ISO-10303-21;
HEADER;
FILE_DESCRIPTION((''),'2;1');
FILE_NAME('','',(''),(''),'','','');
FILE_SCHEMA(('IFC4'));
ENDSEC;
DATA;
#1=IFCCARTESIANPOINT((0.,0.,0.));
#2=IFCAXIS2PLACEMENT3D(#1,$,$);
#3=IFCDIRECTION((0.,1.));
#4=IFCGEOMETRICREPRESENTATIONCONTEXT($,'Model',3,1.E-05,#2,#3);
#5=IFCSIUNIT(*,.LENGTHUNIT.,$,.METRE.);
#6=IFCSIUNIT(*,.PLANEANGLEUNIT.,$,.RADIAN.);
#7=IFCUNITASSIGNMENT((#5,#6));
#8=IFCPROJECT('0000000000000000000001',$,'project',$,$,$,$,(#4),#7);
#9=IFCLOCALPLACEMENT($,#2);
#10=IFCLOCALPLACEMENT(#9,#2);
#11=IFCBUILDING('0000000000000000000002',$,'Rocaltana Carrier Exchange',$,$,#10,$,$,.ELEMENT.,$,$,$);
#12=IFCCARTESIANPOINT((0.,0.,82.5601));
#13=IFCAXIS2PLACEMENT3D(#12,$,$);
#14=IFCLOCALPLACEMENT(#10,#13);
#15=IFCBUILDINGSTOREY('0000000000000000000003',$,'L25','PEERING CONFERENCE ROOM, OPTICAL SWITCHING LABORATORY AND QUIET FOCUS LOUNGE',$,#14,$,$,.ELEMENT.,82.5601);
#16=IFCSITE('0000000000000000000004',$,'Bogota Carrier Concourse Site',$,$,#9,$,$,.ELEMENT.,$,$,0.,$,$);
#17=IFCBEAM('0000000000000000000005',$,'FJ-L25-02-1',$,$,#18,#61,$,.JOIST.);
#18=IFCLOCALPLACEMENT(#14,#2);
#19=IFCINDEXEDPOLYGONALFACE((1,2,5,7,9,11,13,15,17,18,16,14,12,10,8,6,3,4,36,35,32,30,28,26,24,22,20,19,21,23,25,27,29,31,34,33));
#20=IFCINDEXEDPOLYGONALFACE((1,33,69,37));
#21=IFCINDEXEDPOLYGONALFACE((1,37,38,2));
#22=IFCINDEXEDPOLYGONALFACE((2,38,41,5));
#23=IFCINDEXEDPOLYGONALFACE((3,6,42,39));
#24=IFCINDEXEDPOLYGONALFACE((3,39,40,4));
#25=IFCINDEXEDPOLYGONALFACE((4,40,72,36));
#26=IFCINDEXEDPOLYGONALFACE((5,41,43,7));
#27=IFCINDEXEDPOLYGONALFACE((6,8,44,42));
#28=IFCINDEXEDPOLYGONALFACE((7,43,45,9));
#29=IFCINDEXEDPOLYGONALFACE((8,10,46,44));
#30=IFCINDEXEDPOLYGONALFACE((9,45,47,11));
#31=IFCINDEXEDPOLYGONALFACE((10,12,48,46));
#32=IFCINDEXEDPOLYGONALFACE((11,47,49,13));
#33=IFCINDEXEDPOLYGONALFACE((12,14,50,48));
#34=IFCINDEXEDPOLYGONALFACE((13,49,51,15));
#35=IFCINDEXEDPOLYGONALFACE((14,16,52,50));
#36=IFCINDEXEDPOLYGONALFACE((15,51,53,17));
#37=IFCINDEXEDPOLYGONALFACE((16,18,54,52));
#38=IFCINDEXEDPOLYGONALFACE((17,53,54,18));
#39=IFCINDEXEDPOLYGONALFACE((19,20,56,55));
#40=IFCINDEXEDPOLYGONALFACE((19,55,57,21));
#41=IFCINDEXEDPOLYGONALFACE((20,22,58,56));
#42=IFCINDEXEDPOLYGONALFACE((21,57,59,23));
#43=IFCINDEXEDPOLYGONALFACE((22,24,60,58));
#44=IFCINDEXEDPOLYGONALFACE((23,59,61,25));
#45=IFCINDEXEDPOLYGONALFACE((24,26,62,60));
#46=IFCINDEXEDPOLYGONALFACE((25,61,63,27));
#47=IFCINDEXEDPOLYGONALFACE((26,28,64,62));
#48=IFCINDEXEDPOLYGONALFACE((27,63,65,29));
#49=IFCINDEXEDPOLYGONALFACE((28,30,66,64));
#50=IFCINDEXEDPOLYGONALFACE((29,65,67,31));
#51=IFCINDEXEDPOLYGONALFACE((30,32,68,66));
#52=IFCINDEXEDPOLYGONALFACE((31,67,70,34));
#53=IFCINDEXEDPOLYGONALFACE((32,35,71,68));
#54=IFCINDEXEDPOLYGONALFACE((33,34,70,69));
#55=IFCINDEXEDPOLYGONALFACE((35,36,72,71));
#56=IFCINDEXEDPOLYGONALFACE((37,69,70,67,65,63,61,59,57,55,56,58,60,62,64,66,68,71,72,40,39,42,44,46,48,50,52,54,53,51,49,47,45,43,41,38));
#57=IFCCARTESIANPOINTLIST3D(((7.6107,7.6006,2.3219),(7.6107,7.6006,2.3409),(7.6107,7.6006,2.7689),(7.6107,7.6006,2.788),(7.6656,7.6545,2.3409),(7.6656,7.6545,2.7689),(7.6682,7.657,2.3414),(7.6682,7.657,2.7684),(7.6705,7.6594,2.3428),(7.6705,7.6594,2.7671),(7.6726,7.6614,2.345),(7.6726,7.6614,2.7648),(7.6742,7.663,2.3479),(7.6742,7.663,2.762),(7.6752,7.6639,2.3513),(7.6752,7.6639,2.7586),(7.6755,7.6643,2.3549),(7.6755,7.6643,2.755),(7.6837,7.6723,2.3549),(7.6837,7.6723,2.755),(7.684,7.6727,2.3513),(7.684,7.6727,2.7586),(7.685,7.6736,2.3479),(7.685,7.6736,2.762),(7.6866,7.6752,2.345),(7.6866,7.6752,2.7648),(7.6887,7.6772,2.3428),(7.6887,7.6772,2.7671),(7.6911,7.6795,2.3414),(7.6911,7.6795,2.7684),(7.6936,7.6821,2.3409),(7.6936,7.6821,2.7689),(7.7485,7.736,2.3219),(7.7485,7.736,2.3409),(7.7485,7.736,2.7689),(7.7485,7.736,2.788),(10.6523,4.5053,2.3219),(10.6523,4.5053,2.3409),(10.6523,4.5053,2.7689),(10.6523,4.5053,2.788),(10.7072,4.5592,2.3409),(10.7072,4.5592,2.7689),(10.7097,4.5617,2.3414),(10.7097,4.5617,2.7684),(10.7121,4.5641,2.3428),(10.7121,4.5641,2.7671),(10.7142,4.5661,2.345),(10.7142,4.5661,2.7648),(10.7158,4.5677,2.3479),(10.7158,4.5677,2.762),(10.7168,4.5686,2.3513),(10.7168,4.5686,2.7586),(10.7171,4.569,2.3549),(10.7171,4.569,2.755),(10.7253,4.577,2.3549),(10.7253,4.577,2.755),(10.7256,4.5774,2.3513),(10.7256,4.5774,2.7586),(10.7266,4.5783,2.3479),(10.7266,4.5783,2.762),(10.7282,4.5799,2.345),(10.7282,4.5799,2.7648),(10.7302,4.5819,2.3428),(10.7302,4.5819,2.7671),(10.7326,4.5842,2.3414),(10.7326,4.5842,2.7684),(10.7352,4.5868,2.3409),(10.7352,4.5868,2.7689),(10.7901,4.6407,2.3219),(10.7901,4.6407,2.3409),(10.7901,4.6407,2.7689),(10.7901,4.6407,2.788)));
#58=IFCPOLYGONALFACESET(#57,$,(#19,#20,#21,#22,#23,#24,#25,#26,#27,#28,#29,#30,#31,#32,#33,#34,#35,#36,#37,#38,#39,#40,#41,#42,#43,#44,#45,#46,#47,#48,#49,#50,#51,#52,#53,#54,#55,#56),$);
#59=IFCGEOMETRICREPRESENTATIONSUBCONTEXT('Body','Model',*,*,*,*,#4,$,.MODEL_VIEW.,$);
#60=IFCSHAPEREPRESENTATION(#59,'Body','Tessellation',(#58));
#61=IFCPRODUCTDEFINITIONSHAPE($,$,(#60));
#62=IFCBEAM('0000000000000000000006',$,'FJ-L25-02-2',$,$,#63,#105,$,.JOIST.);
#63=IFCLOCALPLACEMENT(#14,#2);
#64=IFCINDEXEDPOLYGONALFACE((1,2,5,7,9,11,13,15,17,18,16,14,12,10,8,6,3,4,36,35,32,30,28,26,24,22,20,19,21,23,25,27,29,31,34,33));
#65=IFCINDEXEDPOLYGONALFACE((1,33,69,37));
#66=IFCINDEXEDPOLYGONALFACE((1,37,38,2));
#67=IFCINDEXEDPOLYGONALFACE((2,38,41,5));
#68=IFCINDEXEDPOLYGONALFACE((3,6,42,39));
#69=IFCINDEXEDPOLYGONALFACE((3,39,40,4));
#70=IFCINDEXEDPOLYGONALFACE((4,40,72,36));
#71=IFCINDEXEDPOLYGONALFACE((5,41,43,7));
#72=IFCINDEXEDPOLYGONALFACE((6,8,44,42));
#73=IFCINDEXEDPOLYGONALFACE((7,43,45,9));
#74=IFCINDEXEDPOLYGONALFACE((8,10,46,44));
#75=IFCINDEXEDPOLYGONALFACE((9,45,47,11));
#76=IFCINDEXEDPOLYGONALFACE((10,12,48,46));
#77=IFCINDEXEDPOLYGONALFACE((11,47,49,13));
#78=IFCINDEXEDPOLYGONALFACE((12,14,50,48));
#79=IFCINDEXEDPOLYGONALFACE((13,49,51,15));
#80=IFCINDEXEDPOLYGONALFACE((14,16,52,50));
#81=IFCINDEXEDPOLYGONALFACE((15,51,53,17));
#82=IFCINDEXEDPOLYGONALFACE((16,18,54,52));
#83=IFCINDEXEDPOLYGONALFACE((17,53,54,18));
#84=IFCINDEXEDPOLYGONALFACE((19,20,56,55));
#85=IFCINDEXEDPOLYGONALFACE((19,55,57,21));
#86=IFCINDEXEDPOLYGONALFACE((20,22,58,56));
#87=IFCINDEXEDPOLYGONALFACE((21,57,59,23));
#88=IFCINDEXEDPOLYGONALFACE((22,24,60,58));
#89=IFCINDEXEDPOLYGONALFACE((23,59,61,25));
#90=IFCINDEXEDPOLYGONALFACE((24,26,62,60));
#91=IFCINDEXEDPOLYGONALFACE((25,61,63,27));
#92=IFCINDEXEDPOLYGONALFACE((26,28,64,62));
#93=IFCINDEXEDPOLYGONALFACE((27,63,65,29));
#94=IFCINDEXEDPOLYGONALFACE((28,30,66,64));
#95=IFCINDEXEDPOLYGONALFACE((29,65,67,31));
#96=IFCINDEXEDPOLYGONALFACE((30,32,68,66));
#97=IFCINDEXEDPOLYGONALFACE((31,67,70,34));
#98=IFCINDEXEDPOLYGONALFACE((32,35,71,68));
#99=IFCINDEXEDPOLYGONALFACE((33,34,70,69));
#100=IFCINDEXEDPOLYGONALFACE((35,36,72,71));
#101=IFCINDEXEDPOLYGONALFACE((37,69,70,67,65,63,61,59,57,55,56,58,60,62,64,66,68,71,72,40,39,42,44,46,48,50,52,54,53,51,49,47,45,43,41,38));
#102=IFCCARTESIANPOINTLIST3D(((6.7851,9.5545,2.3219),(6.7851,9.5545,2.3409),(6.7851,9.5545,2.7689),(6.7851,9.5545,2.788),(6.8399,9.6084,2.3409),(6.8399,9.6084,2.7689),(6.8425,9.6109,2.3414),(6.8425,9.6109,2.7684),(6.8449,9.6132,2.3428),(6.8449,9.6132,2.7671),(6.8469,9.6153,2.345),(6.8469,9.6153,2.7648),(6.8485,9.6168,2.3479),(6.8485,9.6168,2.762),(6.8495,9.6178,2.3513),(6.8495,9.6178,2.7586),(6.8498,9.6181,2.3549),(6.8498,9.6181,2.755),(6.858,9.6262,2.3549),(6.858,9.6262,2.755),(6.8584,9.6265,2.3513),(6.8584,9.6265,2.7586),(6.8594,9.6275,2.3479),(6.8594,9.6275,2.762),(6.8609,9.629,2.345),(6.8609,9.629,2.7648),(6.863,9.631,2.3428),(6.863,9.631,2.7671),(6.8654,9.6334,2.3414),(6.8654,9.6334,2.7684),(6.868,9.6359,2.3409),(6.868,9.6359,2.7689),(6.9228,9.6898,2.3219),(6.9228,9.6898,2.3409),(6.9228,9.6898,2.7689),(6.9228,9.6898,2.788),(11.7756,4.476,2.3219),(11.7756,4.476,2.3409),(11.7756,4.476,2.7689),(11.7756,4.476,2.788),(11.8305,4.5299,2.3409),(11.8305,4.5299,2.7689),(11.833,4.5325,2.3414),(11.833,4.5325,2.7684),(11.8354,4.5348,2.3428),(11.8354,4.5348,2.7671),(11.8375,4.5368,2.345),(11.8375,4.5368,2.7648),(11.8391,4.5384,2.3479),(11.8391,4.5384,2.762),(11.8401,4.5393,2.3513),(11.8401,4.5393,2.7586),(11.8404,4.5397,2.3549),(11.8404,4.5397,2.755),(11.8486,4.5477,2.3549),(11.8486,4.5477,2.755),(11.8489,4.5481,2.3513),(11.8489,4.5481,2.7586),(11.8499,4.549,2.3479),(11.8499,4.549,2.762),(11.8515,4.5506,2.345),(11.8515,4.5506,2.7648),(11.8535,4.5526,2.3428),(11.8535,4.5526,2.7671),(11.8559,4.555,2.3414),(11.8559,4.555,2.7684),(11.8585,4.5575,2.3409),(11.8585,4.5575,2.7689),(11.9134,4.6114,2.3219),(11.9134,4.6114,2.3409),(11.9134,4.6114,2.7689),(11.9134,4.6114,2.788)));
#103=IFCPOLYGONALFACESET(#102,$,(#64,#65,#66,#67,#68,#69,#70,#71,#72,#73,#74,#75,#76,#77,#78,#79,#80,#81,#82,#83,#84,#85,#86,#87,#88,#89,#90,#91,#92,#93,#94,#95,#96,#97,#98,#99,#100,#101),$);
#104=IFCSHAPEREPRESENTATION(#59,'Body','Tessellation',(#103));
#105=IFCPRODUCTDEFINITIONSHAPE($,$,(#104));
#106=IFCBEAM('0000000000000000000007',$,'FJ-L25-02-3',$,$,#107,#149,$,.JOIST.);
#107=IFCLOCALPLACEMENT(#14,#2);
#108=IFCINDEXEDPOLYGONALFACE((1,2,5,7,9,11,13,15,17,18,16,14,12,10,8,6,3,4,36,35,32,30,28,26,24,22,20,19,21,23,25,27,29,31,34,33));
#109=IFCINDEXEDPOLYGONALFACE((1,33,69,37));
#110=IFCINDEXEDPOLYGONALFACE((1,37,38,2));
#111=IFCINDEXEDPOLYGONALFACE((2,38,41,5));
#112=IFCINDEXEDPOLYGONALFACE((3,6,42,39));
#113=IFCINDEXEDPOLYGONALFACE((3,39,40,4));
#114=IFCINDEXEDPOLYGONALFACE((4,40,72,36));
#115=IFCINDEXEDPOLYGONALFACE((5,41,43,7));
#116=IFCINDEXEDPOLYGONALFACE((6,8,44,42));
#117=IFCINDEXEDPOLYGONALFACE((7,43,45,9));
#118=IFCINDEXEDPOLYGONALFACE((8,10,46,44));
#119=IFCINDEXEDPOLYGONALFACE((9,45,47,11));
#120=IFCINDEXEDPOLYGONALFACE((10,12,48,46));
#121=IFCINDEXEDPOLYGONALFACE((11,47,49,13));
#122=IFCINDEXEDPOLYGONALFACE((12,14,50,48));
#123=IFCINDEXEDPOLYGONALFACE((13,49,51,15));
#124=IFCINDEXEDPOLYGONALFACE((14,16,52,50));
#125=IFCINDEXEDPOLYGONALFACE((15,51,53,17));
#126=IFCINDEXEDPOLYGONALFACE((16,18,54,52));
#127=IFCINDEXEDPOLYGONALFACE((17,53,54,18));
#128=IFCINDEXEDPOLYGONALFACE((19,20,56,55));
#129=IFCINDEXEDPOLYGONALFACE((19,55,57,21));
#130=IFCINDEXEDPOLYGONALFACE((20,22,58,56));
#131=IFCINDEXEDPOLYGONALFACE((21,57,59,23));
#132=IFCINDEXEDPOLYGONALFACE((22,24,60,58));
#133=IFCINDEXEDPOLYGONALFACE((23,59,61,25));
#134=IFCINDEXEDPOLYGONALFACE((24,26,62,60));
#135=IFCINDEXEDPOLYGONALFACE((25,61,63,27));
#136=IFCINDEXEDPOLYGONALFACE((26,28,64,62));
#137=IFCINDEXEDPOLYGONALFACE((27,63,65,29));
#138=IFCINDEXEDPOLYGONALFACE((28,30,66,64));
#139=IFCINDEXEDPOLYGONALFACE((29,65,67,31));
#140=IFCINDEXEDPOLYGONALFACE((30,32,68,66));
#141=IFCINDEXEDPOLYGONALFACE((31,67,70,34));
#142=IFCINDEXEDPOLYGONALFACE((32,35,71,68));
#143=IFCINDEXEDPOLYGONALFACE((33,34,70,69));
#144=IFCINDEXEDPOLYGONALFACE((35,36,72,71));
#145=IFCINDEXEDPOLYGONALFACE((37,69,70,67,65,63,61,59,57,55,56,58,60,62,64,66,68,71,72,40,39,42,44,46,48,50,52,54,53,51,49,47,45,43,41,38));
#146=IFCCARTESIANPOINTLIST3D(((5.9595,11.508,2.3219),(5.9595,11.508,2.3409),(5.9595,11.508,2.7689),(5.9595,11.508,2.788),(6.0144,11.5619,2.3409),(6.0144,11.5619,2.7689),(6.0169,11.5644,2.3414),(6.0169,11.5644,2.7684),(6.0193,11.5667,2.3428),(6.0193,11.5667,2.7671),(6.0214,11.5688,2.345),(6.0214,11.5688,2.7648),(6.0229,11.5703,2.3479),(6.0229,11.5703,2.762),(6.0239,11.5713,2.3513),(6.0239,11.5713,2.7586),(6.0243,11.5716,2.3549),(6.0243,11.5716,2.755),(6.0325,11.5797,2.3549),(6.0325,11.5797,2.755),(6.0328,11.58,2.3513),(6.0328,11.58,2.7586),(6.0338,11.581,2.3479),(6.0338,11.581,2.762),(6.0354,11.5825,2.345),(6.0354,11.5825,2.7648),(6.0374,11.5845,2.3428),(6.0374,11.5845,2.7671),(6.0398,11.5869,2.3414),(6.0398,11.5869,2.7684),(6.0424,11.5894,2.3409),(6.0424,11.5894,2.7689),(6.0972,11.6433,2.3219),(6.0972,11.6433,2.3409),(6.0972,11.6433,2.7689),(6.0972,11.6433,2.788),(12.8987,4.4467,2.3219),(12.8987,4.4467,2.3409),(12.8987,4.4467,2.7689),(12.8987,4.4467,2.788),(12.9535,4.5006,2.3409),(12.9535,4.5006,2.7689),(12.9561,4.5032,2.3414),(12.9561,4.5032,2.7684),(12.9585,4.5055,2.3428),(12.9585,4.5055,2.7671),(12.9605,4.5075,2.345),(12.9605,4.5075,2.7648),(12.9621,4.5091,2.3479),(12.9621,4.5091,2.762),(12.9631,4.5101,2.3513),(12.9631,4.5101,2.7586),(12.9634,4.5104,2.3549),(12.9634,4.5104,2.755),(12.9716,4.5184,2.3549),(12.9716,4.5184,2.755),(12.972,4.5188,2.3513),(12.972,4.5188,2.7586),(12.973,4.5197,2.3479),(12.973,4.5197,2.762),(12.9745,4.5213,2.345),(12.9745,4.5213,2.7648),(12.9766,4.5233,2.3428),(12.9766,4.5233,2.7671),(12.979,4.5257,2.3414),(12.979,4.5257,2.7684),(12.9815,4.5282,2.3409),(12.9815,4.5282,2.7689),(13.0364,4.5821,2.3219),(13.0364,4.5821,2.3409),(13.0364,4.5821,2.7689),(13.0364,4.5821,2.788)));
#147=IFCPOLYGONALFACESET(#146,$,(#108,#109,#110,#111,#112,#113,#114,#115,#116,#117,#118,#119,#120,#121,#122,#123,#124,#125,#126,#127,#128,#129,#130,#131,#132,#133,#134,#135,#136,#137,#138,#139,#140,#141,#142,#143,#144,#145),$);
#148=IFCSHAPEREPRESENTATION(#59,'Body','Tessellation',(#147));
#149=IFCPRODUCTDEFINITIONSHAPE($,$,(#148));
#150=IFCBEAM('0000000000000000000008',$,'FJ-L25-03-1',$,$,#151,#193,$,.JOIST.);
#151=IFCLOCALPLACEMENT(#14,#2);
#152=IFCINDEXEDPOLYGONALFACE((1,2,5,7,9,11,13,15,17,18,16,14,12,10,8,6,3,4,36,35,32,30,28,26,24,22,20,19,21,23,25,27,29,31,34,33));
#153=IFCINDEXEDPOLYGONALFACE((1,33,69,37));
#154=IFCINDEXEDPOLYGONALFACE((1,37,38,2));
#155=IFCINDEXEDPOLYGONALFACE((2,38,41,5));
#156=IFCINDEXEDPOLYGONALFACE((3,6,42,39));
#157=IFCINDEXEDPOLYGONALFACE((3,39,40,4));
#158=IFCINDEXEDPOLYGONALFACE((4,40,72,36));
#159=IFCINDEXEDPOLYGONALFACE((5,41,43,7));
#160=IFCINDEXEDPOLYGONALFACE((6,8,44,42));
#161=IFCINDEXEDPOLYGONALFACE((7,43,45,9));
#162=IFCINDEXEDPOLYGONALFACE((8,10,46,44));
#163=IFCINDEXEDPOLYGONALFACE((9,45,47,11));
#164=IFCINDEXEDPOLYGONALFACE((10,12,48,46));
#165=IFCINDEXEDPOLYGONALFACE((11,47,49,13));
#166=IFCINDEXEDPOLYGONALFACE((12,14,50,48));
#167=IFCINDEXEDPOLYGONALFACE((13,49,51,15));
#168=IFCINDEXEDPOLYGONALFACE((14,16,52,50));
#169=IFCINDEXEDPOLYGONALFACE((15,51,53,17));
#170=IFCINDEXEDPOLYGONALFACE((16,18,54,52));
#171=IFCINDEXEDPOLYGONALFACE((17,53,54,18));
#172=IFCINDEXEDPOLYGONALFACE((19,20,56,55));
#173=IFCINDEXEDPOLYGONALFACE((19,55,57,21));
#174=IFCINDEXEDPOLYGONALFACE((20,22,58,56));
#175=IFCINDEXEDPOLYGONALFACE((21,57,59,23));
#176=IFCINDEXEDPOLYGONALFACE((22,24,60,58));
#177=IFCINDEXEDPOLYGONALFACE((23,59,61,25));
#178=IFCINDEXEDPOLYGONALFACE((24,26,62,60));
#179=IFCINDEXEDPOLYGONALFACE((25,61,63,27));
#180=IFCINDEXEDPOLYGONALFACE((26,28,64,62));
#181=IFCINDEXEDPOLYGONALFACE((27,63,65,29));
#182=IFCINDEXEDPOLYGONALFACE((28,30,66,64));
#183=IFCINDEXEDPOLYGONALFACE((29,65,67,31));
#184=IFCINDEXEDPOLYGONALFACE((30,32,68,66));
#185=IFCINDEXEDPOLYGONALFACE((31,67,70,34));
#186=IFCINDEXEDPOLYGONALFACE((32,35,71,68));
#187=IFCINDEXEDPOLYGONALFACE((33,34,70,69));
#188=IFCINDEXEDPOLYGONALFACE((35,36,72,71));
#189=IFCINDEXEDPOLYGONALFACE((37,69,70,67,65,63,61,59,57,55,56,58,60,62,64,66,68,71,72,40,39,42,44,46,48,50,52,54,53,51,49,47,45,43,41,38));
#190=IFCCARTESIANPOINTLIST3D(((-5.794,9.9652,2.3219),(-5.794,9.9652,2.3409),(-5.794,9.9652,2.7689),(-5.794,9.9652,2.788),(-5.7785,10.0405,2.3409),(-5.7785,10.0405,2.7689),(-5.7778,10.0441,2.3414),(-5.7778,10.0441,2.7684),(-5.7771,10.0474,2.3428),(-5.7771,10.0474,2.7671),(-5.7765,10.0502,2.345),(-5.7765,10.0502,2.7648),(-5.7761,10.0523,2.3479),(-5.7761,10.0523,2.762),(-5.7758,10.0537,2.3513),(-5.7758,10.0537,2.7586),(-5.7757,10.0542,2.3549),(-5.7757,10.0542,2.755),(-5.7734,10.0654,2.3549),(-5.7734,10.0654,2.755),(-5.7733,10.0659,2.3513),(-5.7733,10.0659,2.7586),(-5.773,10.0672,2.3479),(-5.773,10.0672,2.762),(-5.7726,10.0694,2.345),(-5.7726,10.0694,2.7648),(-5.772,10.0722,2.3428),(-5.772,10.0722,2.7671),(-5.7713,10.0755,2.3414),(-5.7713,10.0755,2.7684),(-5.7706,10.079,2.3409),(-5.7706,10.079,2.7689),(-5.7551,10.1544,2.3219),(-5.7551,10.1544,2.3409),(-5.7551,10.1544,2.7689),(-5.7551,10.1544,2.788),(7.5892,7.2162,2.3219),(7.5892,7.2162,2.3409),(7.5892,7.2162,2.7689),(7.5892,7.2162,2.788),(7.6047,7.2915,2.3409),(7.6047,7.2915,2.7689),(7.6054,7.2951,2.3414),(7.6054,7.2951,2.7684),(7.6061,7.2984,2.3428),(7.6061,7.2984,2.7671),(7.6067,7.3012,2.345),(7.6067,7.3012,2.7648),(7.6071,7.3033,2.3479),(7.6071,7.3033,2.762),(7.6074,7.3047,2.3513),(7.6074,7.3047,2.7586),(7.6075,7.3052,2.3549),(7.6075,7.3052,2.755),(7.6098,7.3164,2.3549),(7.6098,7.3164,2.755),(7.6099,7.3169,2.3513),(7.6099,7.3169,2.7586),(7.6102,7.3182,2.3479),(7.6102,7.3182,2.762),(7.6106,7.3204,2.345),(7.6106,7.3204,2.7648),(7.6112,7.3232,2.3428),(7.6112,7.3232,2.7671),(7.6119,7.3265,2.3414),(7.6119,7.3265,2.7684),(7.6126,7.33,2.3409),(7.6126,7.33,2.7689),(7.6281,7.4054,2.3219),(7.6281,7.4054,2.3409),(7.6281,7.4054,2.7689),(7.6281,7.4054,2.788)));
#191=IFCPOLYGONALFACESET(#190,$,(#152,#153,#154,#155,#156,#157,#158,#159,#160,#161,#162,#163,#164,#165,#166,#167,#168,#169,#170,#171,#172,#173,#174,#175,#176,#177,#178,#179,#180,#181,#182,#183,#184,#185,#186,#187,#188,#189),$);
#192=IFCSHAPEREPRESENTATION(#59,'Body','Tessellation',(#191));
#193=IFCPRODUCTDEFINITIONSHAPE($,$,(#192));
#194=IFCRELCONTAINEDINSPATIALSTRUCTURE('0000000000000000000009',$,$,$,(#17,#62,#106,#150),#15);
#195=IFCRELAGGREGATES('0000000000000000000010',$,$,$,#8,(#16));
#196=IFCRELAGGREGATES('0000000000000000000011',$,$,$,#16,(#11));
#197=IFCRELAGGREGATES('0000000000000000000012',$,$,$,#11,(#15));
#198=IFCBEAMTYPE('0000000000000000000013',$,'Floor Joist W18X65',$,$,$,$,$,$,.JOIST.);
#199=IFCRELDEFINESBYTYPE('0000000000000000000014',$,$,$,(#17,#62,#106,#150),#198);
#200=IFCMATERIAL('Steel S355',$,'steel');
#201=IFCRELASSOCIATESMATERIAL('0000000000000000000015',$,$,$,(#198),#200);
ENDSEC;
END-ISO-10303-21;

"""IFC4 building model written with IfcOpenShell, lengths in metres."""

from ifc_helpers import new_model, si_unit, direction, frame, origin, origin_2d, place, context, subcontext, project, spatial, i_section, extrude, material, material_profile, profile_set, type_object, element, save


model = new_model("IFC4")

# Units and contexts
model_context = context("Model", 3, precision=1e-05, world=origin(), true_north=direction((0.0, 1.0)))
body_context = subcontext(model_context, "Body", "Model", "MODEL_VIEW")
ifc_project = project(units=[si_unit("LENGTHUNIT", "METRE"), si_unit("PLANEANGLEUNIT", "RADIAN")], contexts=[model_context])

# Site, building, storey
site_placement = place(None, origin())
site = spatial("IfcSite", under=ifc_project, at=site_placement, Name="Bogota Carrier Concourse Site", CompositionType="ELEMENT", RefElevation=0.0)
building_placement = place(site_placement, origin())
building = spatial("IfcBuilding", under=site, at=building_placement, Name="Rocaltana Carrier Exchange", CompositionType="ELEMENT")
storey_placement = place(building_placement, frame((0.0, 0.0, 82.5601)))
storey = spatial("IfcBuildingStorey", under=building, at=storey_placement, Name="L25", Description="PEERING CONFERENCE ROOM, OPTICAL SWITCHING LABORATORY AND QUIET FOCUS LOUNGE", CompositionType="ELEMENT", Elevation=82.5601)

# Beams
ifc_material_1 = material(Name="Steel S355", Category="steel")
ifc_material_profile_1 = material_profile(ifc_material_1, i_section(OverallWidth=0.1931, OverallDepth=0.4661, WebThickness=0.0115, FlangeThickness=0.019, FilletRadius=0.0139, at=origin_2d()), Name="W18X65")
ifc_profile_set_1 = profile_set([ifc_material_profile_1], Name="Steel S355")
beam_type_1 = type_object("IfcBeamType", Name="Floor Joist W18X65", PredefinedType="JOIST", material=ifc_profile_set_1)
beam_1_placement = place(storey_placement, frame((10.7212, 4.573, 2.5549), z_axis=(-0.700891, 0.713268, 0.0), x_axis=(-0.713268, -0.700891, 0.0)))
element("IfcBeam", 1, at=beam_1_placement, inside=storey, type_object=beam_type_1, Name="FJ-L25-02-1", PredefinedType="JOIST", context=body_context, shape_type="SweptSolid", body=[
    extrude(i_section(OverallWidth=0.1931, OverallDepth=0.4661, WebThickness=0.0115, FlangeThickness=0.019, FilletRadius=0.0139, at=origin_2d()), origin(), (0.0, 0.0, 1.0), 4.3396),
])
beam_2_placement = place(storey_placement, frame((11.8445, 4.5437, 2.5549), z_axis=(-0.700908, 0.713252, 0.0), x_axis=(-0.713252, -0.700908, 0.0)))
element("IfcBeam", 2, at=beam_2_placement, inside=storey, type_object=beam_type_1, Name="FJ-L25-02-2", PredefinedType="JOIST", context=body_context, shape_type="SweptSolid", body=[
    extrude(i_section(OverallWidth=0.1931, OverallDepth=0.4661, WebThickness=0.0115, FlangeThickness=0.019, FilletRadius=0.0139, at=origin_2d()), origin(), (0.0, 0.0, 1.0), 7.1201),
])
beam_3_placement = place(storey_placement, frame((12.9675, 4.5144, 2.5549), z_axis=(-0.700915, 0.713245, 0.0), x_axis=(-0.713245, -0.700915, 0.0)))
element("IfcBeam", 3, at=beam_3_placement, inside=storey, type_object=beam_type_1, Name="FJ-L25-02-3", PredefinedType="JOIST", context=body_context, shape_type="SweptSolid", body=[
    extrude(i_section(OverallWidth=0.1931, OverallDepth=0.4661, WebThickness=0.0115, FlangeThickness=0.019, FilletRadius=0.0139, at=origin_2d()), origin(), (0.0, 0.0, 1.0), 9.9001),
])
beam_4_placement = place(storey_placement, frame((7.6086, 7.3108, 2.5549), z_axis=(-0.979549, 0.201206, 0.0), x_axis=(-0.201206, -0.979549, 0.0)))
element("IfcBeam", 4, at=beam_4_placement, inside=storey, type_object=beam_type_1, Name="FJ-L25-03-1", PredefinedType="JOIST", context=body_context, shape_type="SweptSolid", body=[
    extrude(i_section(OverallWidth=0.1931, OverallDepth=0.4661, WebThickness=0.0115, FlangeThickness=0.019, FilletRadius=0.0139, at=origin_2d()), origin(), (0.0, 0.0, 1.0), 13.6626),
])

save(model, "model.ifc")
